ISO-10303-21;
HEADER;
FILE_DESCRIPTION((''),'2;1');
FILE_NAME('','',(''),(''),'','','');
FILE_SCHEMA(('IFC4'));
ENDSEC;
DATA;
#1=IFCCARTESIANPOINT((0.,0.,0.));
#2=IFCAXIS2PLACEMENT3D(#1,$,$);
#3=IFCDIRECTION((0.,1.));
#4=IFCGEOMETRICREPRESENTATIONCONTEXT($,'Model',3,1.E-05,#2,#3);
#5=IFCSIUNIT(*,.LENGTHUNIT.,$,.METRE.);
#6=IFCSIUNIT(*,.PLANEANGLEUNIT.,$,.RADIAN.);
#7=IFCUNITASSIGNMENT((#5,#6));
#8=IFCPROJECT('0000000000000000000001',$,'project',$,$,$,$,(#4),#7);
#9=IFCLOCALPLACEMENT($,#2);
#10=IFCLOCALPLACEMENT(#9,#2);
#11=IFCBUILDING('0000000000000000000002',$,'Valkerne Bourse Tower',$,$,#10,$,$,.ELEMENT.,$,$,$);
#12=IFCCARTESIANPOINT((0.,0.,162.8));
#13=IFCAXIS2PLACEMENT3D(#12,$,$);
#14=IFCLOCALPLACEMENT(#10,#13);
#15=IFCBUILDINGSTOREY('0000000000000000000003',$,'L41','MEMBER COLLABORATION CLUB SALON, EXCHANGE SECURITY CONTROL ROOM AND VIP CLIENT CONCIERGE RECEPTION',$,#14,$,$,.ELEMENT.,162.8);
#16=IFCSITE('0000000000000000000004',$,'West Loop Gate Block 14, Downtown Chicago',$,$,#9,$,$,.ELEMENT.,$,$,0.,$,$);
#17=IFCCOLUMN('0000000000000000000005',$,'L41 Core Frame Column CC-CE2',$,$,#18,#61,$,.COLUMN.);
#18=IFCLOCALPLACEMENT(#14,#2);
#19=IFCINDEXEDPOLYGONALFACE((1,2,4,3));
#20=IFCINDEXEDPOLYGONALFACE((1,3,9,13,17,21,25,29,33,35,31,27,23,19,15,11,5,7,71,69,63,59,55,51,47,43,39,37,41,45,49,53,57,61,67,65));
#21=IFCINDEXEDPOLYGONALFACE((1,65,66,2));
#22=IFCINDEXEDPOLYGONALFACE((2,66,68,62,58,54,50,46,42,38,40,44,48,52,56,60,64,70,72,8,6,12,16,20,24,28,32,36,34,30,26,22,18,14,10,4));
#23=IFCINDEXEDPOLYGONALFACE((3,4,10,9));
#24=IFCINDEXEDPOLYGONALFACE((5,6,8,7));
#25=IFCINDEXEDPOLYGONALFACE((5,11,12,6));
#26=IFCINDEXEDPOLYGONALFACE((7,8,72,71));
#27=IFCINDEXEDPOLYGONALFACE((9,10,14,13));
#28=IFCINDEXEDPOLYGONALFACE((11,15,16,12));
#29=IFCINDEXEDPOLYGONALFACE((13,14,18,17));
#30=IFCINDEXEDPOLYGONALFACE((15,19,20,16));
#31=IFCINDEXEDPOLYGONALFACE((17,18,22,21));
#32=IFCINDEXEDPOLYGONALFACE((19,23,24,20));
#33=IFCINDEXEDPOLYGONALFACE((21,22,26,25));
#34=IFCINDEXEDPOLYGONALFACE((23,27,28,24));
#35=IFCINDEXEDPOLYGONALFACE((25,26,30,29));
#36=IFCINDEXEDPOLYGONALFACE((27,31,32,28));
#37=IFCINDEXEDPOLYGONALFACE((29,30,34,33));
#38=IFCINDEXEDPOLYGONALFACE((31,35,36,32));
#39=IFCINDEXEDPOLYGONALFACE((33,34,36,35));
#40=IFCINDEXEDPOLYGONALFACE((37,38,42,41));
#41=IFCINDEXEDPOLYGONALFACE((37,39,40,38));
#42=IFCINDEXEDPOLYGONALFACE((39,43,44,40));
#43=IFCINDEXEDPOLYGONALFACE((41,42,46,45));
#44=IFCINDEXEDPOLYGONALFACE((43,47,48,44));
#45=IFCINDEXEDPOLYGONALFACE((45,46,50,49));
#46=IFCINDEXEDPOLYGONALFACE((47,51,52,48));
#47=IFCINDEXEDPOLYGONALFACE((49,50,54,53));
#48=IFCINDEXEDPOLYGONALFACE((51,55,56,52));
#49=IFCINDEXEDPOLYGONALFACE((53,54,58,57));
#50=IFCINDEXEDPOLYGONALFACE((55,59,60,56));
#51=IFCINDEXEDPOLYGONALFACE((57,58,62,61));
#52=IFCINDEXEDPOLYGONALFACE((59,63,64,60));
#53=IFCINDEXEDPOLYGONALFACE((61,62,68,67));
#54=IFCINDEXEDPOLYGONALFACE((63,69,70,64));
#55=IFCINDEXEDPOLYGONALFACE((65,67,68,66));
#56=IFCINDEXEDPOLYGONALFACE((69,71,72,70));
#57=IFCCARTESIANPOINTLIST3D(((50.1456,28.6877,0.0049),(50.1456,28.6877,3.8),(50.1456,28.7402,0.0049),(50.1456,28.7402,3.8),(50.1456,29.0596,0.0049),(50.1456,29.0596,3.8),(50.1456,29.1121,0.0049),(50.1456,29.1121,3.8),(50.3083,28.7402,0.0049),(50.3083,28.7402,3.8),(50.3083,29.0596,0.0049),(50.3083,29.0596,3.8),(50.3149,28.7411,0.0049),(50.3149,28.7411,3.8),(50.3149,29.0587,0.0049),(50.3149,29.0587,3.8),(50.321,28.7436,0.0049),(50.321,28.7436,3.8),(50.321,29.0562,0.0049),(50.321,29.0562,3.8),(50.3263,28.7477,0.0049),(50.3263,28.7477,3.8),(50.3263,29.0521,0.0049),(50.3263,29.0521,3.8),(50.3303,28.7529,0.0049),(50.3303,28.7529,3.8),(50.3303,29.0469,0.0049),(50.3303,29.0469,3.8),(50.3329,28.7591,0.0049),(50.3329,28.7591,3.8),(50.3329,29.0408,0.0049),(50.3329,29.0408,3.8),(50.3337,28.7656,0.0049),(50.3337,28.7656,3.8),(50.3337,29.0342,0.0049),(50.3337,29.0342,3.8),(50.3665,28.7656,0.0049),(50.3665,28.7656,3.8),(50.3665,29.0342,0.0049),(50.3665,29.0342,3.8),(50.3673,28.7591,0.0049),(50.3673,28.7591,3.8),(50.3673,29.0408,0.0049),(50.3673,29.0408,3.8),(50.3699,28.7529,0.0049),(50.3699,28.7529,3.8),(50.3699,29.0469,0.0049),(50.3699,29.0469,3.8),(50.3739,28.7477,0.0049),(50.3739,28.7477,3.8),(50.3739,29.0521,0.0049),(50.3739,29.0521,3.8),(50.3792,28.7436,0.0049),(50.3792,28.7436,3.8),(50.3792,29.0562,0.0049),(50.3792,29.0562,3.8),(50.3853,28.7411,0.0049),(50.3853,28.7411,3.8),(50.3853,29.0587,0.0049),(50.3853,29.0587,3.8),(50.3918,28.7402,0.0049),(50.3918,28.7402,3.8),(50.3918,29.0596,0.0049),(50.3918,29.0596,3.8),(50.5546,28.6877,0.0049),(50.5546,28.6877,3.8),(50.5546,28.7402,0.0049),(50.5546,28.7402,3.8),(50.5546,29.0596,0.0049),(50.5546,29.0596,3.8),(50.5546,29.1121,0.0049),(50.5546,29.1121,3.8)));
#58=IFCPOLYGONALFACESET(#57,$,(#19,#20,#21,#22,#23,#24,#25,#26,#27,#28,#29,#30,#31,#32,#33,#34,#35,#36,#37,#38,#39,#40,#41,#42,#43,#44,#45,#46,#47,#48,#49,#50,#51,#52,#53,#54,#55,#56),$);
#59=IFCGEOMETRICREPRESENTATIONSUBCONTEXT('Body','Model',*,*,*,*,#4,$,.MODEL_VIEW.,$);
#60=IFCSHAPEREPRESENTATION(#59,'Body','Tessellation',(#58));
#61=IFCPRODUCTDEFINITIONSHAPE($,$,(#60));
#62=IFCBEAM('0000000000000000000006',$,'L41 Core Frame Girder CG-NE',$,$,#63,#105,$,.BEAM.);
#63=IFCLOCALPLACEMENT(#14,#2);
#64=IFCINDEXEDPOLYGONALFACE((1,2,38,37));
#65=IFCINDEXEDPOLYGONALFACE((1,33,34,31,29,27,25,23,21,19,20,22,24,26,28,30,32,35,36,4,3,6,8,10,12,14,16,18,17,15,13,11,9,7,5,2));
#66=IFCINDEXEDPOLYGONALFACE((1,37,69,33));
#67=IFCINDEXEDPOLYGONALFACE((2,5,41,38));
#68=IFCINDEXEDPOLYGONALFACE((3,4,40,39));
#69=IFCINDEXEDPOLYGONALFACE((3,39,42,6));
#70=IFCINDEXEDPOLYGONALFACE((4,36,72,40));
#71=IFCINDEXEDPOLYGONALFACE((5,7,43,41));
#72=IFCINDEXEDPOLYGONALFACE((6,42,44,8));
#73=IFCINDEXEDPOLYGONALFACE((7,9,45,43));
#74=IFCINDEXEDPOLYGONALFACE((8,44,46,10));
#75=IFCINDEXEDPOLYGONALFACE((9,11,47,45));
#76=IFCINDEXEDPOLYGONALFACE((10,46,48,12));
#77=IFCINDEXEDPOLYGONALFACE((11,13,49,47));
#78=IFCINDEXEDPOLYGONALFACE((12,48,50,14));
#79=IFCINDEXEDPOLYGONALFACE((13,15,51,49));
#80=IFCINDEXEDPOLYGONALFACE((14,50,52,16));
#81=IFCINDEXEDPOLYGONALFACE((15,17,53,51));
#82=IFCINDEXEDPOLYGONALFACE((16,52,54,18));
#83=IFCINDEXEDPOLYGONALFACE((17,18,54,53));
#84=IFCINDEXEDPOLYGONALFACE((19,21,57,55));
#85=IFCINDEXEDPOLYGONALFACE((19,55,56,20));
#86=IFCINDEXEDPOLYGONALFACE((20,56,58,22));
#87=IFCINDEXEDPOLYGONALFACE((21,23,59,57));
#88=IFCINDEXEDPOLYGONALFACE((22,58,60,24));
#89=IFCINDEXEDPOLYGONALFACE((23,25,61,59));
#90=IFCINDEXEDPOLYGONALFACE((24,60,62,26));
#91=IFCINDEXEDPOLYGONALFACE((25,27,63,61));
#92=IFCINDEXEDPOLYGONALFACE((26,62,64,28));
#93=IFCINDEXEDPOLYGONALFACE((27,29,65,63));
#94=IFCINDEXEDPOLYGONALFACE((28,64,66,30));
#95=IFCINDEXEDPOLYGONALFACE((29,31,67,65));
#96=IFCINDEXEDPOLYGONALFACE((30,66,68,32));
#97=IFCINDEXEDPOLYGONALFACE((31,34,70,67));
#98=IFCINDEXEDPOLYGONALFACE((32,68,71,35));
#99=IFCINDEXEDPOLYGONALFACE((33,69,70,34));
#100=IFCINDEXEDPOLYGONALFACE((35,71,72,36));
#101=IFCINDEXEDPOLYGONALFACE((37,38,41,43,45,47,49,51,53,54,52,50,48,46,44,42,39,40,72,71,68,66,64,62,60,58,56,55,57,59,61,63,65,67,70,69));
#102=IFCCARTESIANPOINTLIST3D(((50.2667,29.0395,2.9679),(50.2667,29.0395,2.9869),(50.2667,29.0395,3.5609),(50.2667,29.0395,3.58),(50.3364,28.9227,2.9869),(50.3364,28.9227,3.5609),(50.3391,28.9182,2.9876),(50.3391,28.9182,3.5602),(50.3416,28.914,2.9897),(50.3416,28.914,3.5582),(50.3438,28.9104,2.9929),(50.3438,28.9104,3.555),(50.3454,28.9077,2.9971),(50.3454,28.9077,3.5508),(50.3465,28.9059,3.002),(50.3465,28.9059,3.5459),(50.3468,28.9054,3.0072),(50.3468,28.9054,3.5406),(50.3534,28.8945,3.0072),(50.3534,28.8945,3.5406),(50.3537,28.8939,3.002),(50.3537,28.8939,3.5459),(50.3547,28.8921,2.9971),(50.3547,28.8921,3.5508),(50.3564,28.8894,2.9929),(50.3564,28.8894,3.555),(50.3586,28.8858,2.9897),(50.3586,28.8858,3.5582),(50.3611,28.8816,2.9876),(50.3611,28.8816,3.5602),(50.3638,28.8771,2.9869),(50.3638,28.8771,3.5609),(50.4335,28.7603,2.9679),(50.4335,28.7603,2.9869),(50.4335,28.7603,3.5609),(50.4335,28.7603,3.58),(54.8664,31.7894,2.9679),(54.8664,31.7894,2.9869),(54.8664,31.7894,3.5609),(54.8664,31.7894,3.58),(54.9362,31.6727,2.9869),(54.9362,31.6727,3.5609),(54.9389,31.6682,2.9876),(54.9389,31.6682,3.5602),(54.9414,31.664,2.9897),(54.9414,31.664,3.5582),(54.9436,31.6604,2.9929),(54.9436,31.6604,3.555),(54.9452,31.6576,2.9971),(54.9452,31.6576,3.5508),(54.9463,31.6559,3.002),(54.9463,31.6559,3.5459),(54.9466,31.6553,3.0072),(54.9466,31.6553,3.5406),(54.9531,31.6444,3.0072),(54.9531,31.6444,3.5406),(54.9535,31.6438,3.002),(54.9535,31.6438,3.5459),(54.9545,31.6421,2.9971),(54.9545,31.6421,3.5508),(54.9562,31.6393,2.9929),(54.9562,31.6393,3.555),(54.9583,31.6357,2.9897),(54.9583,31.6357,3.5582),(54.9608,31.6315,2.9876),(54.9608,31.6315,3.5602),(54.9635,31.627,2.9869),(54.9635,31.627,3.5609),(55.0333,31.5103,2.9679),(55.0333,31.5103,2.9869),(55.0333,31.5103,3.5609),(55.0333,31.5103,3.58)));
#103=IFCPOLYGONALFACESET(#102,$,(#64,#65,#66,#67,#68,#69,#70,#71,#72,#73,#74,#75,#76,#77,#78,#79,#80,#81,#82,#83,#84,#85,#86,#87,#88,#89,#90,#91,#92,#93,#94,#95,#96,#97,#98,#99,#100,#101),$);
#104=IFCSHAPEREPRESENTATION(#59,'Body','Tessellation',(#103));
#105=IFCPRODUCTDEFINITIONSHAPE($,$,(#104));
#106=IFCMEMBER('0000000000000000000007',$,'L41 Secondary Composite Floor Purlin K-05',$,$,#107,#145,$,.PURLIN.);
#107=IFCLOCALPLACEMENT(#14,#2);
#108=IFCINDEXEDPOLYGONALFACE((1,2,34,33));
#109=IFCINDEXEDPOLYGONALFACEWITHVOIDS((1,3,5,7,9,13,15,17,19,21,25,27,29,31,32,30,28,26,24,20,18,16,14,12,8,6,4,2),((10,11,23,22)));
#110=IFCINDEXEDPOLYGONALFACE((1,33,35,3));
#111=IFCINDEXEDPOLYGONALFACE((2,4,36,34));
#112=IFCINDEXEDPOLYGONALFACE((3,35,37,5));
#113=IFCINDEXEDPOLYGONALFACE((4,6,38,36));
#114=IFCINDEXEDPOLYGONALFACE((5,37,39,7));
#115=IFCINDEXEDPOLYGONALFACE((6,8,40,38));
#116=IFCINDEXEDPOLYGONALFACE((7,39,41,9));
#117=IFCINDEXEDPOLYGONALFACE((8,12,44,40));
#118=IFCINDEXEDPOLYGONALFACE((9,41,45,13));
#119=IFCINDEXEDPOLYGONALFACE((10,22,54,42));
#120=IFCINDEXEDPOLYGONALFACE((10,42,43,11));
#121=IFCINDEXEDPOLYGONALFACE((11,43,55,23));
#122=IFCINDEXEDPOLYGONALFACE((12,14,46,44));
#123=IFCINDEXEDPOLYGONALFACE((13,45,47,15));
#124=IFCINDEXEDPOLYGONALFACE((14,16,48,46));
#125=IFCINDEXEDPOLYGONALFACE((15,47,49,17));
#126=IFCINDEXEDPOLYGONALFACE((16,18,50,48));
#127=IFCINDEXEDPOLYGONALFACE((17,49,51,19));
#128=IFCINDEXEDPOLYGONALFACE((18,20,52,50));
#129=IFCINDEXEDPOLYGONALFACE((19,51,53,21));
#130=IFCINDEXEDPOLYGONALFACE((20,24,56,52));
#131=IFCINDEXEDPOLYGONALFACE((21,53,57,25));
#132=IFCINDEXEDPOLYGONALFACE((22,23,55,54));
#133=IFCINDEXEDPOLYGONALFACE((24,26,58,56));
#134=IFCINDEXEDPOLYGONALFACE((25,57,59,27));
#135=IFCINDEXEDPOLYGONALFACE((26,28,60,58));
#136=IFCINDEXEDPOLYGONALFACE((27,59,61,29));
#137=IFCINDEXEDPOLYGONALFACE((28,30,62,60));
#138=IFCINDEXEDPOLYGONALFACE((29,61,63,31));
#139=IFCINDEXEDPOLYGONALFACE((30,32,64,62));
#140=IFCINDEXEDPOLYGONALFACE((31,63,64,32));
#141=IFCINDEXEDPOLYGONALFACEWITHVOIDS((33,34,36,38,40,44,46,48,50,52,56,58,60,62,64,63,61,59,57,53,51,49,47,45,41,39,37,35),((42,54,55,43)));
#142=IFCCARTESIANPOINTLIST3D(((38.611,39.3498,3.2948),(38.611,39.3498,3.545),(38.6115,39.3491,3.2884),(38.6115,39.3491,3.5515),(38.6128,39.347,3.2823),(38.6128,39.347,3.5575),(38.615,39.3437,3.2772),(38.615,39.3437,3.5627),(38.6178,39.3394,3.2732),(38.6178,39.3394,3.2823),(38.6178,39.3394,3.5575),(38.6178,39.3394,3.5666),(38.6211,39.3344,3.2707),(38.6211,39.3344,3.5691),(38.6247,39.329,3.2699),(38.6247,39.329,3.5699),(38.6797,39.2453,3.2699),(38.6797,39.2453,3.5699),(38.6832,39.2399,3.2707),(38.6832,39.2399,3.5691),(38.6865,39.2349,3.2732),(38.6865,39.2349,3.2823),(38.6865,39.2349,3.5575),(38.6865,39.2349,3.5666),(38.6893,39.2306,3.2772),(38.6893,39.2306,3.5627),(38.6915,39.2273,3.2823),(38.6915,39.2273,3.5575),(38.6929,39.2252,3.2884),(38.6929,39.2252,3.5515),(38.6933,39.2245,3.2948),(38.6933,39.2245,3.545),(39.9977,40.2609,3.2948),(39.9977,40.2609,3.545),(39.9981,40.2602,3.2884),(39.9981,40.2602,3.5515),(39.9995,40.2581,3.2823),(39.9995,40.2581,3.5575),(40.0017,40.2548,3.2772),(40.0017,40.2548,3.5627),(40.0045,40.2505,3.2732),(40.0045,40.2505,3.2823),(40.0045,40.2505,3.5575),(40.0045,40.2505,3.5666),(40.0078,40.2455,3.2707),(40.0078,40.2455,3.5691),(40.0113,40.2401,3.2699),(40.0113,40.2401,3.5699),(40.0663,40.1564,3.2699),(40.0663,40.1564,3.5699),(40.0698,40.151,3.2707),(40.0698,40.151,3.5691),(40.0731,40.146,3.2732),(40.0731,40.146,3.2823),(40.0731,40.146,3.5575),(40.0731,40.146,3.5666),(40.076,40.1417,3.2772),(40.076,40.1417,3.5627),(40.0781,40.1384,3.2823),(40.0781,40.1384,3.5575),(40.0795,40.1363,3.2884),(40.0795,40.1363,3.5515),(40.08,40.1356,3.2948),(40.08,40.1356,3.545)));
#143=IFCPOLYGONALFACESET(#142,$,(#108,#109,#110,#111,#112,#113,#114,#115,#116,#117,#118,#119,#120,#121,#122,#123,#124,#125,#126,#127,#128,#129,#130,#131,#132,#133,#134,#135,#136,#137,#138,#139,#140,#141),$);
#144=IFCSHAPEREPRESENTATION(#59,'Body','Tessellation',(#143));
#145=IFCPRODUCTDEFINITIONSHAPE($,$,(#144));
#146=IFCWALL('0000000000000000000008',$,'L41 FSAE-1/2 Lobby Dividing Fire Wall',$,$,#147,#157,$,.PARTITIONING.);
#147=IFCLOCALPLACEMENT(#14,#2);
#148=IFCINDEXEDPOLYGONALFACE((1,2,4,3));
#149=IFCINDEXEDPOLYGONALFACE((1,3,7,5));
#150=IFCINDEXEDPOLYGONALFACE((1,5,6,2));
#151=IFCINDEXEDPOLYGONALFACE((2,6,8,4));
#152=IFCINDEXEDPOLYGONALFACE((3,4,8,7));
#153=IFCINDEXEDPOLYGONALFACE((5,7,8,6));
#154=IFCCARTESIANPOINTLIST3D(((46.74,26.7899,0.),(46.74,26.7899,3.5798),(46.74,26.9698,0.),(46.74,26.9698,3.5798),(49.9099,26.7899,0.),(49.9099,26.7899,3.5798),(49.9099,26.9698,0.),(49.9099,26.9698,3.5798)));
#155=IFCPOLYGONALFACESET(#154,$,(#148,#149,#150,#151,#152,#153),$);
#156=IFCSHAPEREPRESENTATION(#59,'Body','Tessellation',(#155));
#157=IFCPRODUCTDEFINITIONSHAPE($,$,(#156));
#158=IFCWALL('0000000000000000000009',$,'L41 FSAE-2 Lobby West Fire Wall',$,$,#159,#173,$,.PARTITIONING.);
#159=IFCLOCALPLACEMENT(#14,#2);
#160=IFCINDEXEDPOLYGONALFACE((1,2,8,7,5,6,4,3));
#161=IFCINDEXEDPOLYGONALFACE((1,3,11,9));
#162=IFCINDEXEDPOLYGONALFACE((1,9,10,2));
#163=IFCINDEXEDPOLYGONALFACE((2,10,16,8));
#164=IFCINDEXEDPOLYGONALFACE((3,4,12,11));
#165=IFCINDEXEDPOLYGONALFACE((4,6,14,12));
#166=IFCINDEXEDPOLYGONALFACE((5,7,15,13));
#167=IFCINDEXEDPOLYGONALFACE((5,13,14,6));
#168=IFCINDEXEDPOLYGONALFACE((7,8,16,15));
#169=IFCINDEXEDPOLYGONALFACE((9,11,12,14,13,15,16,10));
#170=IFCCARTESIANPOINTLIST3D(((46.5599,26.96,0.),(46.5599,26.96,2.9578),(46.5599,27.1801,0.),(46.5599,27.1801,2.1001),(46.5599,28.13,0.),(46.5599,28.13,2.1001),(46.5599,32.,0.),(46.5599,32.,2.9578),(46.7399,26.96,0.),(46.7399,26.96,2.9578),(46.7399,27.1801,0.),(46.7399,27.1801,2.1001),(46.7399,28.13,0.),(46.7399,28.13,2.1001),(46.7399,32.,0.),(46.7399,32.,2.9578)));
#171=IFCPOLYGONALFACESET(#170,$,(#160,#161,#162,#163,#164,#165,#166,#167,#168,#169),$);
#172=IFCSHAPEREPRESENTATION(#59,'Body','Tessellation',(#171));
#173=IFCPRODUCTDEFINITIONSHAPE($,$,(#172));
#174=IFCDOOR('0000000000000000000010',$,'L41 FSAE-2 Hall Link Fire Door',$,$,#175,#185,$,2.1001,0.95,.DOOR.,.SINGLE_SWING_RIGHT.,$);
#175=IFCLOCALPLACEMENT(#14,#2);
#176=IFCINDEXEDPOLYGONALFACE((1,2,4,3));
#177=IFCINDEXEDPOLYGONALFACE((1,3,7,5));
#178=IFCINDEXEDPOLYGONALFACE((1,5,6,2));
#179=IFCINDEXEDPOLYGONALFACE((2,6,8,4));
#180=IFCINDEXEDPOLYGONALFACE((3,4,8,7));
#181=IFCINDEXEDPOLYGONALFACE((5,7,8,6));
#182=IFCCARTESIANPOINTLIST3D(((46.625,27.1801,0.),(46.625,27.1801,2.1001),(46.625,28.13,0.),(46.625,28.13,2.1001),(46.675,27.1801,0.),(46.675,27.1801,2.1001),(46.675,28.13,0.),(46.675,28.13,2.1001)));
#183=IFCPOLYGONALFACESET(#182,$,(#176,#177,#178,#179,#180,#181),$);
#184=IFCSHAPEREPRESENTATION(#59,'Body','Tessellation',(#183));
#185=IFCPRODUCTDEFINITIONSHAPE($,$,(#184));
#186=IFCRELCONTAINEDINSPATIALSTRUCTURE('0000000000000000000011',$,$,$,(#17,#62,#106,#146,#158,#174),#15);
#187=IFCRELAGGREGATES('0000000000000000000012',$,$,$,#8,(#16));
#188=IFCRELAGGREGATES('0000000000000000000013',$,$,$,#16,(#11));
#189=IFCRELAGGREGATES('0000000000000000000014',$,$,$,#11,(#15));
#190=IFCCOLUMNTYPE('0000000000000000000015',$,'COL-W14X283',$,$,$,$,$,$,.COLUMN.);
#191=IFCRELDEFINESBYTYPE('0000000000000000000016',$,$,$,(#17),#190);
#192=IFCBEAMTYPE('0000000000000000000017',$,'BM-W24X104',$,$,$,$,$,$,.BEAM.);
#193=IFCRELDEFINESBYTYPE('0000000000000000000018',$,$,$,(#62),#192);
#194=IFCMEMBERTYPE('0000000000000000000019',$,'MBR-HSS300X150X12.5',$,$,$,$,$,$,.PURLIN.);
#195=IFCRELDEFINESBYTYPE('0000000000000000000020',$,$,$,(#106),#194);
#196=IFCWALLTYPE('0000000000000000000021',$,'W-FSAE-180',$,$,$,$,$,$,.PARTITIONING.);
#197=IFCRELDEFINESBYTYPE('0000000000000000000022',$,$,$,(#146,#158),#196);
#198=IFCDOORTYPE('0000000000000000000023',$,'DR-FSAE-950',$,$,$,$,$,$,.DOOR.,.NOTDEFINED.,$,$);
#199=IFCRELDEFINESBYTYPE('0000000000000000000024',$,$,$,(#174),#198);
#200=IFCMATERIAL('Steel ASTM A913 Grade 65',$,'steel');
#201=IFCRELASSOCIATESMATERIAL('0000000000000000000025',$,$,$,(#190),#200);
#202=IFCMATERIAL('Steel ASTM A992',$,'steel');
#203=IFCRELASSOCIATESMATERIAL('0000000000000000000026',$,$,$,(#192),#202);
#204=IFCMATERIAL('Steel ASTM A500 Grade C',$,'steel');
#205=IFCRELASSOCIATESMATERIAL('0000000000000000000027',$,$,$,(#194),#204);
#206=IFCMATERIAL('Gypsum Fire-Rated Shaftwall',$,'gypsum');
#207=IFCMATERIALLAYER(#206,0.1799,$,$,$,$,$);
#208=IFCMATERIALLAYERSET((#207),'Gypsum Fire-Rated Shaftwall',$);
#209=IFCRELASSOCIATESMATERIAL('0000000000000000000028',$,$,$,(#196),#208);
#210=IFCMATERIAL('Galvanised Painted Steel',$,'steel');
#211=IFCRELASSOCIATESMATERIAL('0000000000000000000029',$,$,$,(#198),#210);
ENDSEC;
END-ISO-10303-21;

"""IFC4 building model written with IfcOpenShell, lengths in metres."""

from ifc_helpers import new_model, si_unit, direction, frame, frame_2d, origin, origin_2d, place, context, subcontext, project, spatial, rectangle, hollow_rectangle, i_section, extrude, material, layer, layer_set, material_profile, profile_set, type_object, element, fill, save


model = new_model("IFC4")

# Units and contexts
model_context = context("Model", 3, precision=1e-05, world=origin(), true_north=direction((0.0, 1.0)))
body_context = subcontext(model_context, "Body", "Model", "MODEL_VIEW")
ifc_project = project(units=[si_unit("LENGTHUNIT", "METRE"), si_unit("PLANEANGLEUNIT", "RADIAN")], contexts=[model_context])

# Site, building, storey
site_placement = place(None, origin())
site = spatial("IfcSite", under=ifc_project, at=site_placement, Name="West Loop Gate Block 14, Downtown Chicago", CompositionType="ELEMENT", RefElevation=0.0)
building_placement = place(site_placement, origin())
building = spatial("IfcBuilding", under=site, at=building_placement, Name="Valkerne Bourse Tower", CompositionType="ELEMENT")
storey_placement = place(building_placement, frame((0.0, 0.0, 162.8)))
storey = spatial("IfcBuildingStorey", under=building, at=storey_placement, Name="L41", Description="MEMBER COLLABORATION CLUB SALON, EXCHANGE SECURITY CONTROL ROOM AND VIP CLIENT CONCIERGE RECEPTION", CompositionType="ELEMENT", Elevation=162.8)

# Column
ifc_material_1 = material(Name="Steel ASTM A913 Grade 65", Category="steel")
ifc_material_profile_1 = material_profile(ifc_material_1, i_section(OverallWidth=0.4089, OverallDepth=0.4243, WebThickness=0.0327, FlangeThickness=0.0525, FilletRadius=0.0254, at=origin_2d()), Name="W14X283")
ifc_profile_set_1 = profile_set([ifc_material_profile_1], Name="Steel ASTM A913 Grade 65")
column_type = type_object("IfcColumnType", Name="COL-W14X283", PredefinedType="COLUMN", material=ifc_profile_set_1)
column_placement = place(storey_placement, frame((50.3501, 28.8999, 0.0049), z_axis=(0.0, 0.0, 1.0), x_axis=(1.0, 0.0, 0.0)))
element("IfcColumn", 1, at=column_placement, inside=storey, type_object=column_type, Name="L41 Core Frame Column CC-CE2", PredefinedType="COLUMN", context=body_context, shape_type="SweptSolid", body=[
    extrude(i_section(OverallWidth=0.4089, OverallDepth=0.4243, WebThickness=0.0327, FlangeThickness=0.0525, FilletRadius=0.0254, at=origin_2d()), origin(), (0.0, 0.0, 1.0), 3.7952),
])

# Beam
ifc_material_2 = material(Name="Steel ASTM A992", Category="steel")
ifc_material_profile_2 = material_profile(ifc_material_2, i_section(OverallWidth=0.3252, OverallDepth=0.6121, WebThickness=0.0127, FlangeThickness=0.019, FilletRadius=0.0203, at=origin_2d()), Name="W24X104")
ifc_profile_set_2 = profile_set([ifc_material_profile_2], Name="Steel ASTM A992")
beam_type = type_object("IfcBeamType", Name="BM-W24X104", PredefinedType="BEAM", material=ifc_profile_set_2)
beam_placement = place(storey_placement, frame((50.3501, 28.8999, 3.2739), z_axis=(0.858308, 0.513135, 0.0), x_axis=(-0.513135, 0.858308, 0.0)))
element("IfcBeam", 2, at=beam_placement, inside=storey, type_object=beam_type, Name="L41 Core Frame Girder CG-NE", PredefinedType="BEAM", context=body_context, shape_type="SweptSolid", body=[
    extrude(i_section(OverallWidth=0.3252, OverallDepth=0.6121, WebThickness=0.0127, FlangeThickness=0.019, FilletRadius=0.0203, at=origin_2d()), origin(), (0.0, 0.0, 1.0), 5.3591),
])

# Member
ifc_material_3 = material(Name="Steel ASTM A500 Grade C", Category="steel")
ifc_material_profile_3 = material_profile(ifc_material_3, hollow_rectangle(XDim=0.1499, YDim=0.3, WallThickness=0.0125, OuterFilletRadius=0.0249, at=origin_2d()), Name="HSS300X150X12.5")
ifc_profile_set_3 = profile_set([ifc_material_profile_3], Name="Steel ASTM A500 Grade C")
member_type = type_object("IfcMemberType", Name="MBR-HSS300X150X12.5", PredefinedType="PURLIN", material=ifc_profile_set_3)
member_placement = place(storey_placement, frame((40.0388, 40.1982, 3.4199), z_axis=(-0.835744, -0.549119, 0.0), x_axis=(0.549119, -0.835744, 0.0)))
element("IfcMember", 3, at=member_placement, inside=storey, type_object=member_type, Name="L41 Secondary Composite Floor Purlin K-05", PredefinedType="PURLIN", context=body_context, shape_type="SweptSolid", body=[
    extrude(hollow_rectangle(XDim=0.1499, YDim=0.3, WallThickness=0.0125, OuterFilletRadius=0.0249, at=origin_2d()), origin(), (0.0, 0.0, 1.0), 1.6592),
])

# Wall
ifc_material_4 = material(Name="Gypsum Fire-Rated Shaftwall", Category="gypsum")
ifc_layer_1 = layer(ifc_material_4, 0.1799)
ifc_layer_set_1 = layer_set([ifc_layer_1], Name="Gypsum Fire-Rated Shaftwall")
wall_type_1 = type_object("IfcWallType", Name="W-FSAE-180", PredefinedType="PARTITIONING", material=ifc_layer_set_1)
wall_1_placement = place(storey_placement, frame((46.74, 26.8799, 0.0), z_axis=(0.0, 0.0, 1.0), x_axis=(1.0, 0.0, 0.0)))
element("IfcWall", 4, at=wall_1_placement, inside=storey, type_object=wall_type_1, Name="L41 FSAE-1/2 Lobby Dividing Fire Wall", PredefinedType="PARTITIONING", context=body_context, shape_type="SweptSolid", body=[
    extrude(rectangle(XDim=3.1699, YDim=0.1799, at=frame_2d((1.585, 0.0))), origin(), (0.0, 0.0, 1.0), 3.5798),
])

# Wall, opening, door
wall_2_placement = place(storey_placement, frame((46.6499, 26.96, 0.0), z_axis=(0.0, 0.0, 1.0), x_axis=(0.0, 1.0, 0.0)))
wall_2 = element("IfcWall", 5, at=wall_2_placement, inside=storey, type_object=wall_type_1, Name="L41 FSAE-2 Lobby West Fire Wall", PredefinedType="PARTITIONING", context=body_context, shape_type="SweptSolid", body=[
    extrude(rectangle(XDim=5.04, YDim=0.1799, at=frame_2d((2.52, 0.0))), origin(), (0.0, 0.0, 1.0), 2.9578),
])
opening_1_placement = place(wall_2_placement, frame((0.22, 0.0, 0.0)))
opening_1 = element("IfcOpeningElement", 6, at=opening_1_placement, cuts=wall_2, PredefinedType="OPENING", context=body_context, shape_type="SweptSolid", body=[
    extrude(rectangle(XDim=0.95, YDim=2.1001, at=frame_2d((0.4751, 1.05))), frame((0.0, 0.0999, 0.0), z_axis=(0.0, -1.0, 0.0), x_axis=(1.0, 0.0, 0.0)), (0.0, 0.0, 1.0), 0.2),
])
ifc_material_5 = material(Name="Galvanised Painted Steel", Category="steel")
door_type_1 = type_object("IfcDoorType", Name="DR-FSAE-950", OperationType="NOTDEFINED", PredefinedType="DOOR", material=ifc_material_5)
door_1_placement = place(opening_1_placement, origin())
door_1 = element("IfcDoor", 7, at=door_1_placement, inside=storey, type_object=door_type_1, Name="L41 FSAE-2 Hall Link Fire Door", OperationType="SINGLE_SWING_RIGHT", OverallHeight=2.1001, OverallWidth=0.95, PredefinedType="DOOR", context=body_context, shape_type="SweptSolid", body=[
    extrude(rectangle(XDim=0.95, YDim=2.1001, at=frame_2d((0.4751, 1.05))), frame((0.0, 0.0249, 0.0), z_axis=(0.0, -1.0, 0.0), x_axis=(1.0, 0.0, 0.0)), (0.0, 0.0, 1.0), 0.05),
])
fill(opening_1, door_1)

save(model, "model.ifc")
